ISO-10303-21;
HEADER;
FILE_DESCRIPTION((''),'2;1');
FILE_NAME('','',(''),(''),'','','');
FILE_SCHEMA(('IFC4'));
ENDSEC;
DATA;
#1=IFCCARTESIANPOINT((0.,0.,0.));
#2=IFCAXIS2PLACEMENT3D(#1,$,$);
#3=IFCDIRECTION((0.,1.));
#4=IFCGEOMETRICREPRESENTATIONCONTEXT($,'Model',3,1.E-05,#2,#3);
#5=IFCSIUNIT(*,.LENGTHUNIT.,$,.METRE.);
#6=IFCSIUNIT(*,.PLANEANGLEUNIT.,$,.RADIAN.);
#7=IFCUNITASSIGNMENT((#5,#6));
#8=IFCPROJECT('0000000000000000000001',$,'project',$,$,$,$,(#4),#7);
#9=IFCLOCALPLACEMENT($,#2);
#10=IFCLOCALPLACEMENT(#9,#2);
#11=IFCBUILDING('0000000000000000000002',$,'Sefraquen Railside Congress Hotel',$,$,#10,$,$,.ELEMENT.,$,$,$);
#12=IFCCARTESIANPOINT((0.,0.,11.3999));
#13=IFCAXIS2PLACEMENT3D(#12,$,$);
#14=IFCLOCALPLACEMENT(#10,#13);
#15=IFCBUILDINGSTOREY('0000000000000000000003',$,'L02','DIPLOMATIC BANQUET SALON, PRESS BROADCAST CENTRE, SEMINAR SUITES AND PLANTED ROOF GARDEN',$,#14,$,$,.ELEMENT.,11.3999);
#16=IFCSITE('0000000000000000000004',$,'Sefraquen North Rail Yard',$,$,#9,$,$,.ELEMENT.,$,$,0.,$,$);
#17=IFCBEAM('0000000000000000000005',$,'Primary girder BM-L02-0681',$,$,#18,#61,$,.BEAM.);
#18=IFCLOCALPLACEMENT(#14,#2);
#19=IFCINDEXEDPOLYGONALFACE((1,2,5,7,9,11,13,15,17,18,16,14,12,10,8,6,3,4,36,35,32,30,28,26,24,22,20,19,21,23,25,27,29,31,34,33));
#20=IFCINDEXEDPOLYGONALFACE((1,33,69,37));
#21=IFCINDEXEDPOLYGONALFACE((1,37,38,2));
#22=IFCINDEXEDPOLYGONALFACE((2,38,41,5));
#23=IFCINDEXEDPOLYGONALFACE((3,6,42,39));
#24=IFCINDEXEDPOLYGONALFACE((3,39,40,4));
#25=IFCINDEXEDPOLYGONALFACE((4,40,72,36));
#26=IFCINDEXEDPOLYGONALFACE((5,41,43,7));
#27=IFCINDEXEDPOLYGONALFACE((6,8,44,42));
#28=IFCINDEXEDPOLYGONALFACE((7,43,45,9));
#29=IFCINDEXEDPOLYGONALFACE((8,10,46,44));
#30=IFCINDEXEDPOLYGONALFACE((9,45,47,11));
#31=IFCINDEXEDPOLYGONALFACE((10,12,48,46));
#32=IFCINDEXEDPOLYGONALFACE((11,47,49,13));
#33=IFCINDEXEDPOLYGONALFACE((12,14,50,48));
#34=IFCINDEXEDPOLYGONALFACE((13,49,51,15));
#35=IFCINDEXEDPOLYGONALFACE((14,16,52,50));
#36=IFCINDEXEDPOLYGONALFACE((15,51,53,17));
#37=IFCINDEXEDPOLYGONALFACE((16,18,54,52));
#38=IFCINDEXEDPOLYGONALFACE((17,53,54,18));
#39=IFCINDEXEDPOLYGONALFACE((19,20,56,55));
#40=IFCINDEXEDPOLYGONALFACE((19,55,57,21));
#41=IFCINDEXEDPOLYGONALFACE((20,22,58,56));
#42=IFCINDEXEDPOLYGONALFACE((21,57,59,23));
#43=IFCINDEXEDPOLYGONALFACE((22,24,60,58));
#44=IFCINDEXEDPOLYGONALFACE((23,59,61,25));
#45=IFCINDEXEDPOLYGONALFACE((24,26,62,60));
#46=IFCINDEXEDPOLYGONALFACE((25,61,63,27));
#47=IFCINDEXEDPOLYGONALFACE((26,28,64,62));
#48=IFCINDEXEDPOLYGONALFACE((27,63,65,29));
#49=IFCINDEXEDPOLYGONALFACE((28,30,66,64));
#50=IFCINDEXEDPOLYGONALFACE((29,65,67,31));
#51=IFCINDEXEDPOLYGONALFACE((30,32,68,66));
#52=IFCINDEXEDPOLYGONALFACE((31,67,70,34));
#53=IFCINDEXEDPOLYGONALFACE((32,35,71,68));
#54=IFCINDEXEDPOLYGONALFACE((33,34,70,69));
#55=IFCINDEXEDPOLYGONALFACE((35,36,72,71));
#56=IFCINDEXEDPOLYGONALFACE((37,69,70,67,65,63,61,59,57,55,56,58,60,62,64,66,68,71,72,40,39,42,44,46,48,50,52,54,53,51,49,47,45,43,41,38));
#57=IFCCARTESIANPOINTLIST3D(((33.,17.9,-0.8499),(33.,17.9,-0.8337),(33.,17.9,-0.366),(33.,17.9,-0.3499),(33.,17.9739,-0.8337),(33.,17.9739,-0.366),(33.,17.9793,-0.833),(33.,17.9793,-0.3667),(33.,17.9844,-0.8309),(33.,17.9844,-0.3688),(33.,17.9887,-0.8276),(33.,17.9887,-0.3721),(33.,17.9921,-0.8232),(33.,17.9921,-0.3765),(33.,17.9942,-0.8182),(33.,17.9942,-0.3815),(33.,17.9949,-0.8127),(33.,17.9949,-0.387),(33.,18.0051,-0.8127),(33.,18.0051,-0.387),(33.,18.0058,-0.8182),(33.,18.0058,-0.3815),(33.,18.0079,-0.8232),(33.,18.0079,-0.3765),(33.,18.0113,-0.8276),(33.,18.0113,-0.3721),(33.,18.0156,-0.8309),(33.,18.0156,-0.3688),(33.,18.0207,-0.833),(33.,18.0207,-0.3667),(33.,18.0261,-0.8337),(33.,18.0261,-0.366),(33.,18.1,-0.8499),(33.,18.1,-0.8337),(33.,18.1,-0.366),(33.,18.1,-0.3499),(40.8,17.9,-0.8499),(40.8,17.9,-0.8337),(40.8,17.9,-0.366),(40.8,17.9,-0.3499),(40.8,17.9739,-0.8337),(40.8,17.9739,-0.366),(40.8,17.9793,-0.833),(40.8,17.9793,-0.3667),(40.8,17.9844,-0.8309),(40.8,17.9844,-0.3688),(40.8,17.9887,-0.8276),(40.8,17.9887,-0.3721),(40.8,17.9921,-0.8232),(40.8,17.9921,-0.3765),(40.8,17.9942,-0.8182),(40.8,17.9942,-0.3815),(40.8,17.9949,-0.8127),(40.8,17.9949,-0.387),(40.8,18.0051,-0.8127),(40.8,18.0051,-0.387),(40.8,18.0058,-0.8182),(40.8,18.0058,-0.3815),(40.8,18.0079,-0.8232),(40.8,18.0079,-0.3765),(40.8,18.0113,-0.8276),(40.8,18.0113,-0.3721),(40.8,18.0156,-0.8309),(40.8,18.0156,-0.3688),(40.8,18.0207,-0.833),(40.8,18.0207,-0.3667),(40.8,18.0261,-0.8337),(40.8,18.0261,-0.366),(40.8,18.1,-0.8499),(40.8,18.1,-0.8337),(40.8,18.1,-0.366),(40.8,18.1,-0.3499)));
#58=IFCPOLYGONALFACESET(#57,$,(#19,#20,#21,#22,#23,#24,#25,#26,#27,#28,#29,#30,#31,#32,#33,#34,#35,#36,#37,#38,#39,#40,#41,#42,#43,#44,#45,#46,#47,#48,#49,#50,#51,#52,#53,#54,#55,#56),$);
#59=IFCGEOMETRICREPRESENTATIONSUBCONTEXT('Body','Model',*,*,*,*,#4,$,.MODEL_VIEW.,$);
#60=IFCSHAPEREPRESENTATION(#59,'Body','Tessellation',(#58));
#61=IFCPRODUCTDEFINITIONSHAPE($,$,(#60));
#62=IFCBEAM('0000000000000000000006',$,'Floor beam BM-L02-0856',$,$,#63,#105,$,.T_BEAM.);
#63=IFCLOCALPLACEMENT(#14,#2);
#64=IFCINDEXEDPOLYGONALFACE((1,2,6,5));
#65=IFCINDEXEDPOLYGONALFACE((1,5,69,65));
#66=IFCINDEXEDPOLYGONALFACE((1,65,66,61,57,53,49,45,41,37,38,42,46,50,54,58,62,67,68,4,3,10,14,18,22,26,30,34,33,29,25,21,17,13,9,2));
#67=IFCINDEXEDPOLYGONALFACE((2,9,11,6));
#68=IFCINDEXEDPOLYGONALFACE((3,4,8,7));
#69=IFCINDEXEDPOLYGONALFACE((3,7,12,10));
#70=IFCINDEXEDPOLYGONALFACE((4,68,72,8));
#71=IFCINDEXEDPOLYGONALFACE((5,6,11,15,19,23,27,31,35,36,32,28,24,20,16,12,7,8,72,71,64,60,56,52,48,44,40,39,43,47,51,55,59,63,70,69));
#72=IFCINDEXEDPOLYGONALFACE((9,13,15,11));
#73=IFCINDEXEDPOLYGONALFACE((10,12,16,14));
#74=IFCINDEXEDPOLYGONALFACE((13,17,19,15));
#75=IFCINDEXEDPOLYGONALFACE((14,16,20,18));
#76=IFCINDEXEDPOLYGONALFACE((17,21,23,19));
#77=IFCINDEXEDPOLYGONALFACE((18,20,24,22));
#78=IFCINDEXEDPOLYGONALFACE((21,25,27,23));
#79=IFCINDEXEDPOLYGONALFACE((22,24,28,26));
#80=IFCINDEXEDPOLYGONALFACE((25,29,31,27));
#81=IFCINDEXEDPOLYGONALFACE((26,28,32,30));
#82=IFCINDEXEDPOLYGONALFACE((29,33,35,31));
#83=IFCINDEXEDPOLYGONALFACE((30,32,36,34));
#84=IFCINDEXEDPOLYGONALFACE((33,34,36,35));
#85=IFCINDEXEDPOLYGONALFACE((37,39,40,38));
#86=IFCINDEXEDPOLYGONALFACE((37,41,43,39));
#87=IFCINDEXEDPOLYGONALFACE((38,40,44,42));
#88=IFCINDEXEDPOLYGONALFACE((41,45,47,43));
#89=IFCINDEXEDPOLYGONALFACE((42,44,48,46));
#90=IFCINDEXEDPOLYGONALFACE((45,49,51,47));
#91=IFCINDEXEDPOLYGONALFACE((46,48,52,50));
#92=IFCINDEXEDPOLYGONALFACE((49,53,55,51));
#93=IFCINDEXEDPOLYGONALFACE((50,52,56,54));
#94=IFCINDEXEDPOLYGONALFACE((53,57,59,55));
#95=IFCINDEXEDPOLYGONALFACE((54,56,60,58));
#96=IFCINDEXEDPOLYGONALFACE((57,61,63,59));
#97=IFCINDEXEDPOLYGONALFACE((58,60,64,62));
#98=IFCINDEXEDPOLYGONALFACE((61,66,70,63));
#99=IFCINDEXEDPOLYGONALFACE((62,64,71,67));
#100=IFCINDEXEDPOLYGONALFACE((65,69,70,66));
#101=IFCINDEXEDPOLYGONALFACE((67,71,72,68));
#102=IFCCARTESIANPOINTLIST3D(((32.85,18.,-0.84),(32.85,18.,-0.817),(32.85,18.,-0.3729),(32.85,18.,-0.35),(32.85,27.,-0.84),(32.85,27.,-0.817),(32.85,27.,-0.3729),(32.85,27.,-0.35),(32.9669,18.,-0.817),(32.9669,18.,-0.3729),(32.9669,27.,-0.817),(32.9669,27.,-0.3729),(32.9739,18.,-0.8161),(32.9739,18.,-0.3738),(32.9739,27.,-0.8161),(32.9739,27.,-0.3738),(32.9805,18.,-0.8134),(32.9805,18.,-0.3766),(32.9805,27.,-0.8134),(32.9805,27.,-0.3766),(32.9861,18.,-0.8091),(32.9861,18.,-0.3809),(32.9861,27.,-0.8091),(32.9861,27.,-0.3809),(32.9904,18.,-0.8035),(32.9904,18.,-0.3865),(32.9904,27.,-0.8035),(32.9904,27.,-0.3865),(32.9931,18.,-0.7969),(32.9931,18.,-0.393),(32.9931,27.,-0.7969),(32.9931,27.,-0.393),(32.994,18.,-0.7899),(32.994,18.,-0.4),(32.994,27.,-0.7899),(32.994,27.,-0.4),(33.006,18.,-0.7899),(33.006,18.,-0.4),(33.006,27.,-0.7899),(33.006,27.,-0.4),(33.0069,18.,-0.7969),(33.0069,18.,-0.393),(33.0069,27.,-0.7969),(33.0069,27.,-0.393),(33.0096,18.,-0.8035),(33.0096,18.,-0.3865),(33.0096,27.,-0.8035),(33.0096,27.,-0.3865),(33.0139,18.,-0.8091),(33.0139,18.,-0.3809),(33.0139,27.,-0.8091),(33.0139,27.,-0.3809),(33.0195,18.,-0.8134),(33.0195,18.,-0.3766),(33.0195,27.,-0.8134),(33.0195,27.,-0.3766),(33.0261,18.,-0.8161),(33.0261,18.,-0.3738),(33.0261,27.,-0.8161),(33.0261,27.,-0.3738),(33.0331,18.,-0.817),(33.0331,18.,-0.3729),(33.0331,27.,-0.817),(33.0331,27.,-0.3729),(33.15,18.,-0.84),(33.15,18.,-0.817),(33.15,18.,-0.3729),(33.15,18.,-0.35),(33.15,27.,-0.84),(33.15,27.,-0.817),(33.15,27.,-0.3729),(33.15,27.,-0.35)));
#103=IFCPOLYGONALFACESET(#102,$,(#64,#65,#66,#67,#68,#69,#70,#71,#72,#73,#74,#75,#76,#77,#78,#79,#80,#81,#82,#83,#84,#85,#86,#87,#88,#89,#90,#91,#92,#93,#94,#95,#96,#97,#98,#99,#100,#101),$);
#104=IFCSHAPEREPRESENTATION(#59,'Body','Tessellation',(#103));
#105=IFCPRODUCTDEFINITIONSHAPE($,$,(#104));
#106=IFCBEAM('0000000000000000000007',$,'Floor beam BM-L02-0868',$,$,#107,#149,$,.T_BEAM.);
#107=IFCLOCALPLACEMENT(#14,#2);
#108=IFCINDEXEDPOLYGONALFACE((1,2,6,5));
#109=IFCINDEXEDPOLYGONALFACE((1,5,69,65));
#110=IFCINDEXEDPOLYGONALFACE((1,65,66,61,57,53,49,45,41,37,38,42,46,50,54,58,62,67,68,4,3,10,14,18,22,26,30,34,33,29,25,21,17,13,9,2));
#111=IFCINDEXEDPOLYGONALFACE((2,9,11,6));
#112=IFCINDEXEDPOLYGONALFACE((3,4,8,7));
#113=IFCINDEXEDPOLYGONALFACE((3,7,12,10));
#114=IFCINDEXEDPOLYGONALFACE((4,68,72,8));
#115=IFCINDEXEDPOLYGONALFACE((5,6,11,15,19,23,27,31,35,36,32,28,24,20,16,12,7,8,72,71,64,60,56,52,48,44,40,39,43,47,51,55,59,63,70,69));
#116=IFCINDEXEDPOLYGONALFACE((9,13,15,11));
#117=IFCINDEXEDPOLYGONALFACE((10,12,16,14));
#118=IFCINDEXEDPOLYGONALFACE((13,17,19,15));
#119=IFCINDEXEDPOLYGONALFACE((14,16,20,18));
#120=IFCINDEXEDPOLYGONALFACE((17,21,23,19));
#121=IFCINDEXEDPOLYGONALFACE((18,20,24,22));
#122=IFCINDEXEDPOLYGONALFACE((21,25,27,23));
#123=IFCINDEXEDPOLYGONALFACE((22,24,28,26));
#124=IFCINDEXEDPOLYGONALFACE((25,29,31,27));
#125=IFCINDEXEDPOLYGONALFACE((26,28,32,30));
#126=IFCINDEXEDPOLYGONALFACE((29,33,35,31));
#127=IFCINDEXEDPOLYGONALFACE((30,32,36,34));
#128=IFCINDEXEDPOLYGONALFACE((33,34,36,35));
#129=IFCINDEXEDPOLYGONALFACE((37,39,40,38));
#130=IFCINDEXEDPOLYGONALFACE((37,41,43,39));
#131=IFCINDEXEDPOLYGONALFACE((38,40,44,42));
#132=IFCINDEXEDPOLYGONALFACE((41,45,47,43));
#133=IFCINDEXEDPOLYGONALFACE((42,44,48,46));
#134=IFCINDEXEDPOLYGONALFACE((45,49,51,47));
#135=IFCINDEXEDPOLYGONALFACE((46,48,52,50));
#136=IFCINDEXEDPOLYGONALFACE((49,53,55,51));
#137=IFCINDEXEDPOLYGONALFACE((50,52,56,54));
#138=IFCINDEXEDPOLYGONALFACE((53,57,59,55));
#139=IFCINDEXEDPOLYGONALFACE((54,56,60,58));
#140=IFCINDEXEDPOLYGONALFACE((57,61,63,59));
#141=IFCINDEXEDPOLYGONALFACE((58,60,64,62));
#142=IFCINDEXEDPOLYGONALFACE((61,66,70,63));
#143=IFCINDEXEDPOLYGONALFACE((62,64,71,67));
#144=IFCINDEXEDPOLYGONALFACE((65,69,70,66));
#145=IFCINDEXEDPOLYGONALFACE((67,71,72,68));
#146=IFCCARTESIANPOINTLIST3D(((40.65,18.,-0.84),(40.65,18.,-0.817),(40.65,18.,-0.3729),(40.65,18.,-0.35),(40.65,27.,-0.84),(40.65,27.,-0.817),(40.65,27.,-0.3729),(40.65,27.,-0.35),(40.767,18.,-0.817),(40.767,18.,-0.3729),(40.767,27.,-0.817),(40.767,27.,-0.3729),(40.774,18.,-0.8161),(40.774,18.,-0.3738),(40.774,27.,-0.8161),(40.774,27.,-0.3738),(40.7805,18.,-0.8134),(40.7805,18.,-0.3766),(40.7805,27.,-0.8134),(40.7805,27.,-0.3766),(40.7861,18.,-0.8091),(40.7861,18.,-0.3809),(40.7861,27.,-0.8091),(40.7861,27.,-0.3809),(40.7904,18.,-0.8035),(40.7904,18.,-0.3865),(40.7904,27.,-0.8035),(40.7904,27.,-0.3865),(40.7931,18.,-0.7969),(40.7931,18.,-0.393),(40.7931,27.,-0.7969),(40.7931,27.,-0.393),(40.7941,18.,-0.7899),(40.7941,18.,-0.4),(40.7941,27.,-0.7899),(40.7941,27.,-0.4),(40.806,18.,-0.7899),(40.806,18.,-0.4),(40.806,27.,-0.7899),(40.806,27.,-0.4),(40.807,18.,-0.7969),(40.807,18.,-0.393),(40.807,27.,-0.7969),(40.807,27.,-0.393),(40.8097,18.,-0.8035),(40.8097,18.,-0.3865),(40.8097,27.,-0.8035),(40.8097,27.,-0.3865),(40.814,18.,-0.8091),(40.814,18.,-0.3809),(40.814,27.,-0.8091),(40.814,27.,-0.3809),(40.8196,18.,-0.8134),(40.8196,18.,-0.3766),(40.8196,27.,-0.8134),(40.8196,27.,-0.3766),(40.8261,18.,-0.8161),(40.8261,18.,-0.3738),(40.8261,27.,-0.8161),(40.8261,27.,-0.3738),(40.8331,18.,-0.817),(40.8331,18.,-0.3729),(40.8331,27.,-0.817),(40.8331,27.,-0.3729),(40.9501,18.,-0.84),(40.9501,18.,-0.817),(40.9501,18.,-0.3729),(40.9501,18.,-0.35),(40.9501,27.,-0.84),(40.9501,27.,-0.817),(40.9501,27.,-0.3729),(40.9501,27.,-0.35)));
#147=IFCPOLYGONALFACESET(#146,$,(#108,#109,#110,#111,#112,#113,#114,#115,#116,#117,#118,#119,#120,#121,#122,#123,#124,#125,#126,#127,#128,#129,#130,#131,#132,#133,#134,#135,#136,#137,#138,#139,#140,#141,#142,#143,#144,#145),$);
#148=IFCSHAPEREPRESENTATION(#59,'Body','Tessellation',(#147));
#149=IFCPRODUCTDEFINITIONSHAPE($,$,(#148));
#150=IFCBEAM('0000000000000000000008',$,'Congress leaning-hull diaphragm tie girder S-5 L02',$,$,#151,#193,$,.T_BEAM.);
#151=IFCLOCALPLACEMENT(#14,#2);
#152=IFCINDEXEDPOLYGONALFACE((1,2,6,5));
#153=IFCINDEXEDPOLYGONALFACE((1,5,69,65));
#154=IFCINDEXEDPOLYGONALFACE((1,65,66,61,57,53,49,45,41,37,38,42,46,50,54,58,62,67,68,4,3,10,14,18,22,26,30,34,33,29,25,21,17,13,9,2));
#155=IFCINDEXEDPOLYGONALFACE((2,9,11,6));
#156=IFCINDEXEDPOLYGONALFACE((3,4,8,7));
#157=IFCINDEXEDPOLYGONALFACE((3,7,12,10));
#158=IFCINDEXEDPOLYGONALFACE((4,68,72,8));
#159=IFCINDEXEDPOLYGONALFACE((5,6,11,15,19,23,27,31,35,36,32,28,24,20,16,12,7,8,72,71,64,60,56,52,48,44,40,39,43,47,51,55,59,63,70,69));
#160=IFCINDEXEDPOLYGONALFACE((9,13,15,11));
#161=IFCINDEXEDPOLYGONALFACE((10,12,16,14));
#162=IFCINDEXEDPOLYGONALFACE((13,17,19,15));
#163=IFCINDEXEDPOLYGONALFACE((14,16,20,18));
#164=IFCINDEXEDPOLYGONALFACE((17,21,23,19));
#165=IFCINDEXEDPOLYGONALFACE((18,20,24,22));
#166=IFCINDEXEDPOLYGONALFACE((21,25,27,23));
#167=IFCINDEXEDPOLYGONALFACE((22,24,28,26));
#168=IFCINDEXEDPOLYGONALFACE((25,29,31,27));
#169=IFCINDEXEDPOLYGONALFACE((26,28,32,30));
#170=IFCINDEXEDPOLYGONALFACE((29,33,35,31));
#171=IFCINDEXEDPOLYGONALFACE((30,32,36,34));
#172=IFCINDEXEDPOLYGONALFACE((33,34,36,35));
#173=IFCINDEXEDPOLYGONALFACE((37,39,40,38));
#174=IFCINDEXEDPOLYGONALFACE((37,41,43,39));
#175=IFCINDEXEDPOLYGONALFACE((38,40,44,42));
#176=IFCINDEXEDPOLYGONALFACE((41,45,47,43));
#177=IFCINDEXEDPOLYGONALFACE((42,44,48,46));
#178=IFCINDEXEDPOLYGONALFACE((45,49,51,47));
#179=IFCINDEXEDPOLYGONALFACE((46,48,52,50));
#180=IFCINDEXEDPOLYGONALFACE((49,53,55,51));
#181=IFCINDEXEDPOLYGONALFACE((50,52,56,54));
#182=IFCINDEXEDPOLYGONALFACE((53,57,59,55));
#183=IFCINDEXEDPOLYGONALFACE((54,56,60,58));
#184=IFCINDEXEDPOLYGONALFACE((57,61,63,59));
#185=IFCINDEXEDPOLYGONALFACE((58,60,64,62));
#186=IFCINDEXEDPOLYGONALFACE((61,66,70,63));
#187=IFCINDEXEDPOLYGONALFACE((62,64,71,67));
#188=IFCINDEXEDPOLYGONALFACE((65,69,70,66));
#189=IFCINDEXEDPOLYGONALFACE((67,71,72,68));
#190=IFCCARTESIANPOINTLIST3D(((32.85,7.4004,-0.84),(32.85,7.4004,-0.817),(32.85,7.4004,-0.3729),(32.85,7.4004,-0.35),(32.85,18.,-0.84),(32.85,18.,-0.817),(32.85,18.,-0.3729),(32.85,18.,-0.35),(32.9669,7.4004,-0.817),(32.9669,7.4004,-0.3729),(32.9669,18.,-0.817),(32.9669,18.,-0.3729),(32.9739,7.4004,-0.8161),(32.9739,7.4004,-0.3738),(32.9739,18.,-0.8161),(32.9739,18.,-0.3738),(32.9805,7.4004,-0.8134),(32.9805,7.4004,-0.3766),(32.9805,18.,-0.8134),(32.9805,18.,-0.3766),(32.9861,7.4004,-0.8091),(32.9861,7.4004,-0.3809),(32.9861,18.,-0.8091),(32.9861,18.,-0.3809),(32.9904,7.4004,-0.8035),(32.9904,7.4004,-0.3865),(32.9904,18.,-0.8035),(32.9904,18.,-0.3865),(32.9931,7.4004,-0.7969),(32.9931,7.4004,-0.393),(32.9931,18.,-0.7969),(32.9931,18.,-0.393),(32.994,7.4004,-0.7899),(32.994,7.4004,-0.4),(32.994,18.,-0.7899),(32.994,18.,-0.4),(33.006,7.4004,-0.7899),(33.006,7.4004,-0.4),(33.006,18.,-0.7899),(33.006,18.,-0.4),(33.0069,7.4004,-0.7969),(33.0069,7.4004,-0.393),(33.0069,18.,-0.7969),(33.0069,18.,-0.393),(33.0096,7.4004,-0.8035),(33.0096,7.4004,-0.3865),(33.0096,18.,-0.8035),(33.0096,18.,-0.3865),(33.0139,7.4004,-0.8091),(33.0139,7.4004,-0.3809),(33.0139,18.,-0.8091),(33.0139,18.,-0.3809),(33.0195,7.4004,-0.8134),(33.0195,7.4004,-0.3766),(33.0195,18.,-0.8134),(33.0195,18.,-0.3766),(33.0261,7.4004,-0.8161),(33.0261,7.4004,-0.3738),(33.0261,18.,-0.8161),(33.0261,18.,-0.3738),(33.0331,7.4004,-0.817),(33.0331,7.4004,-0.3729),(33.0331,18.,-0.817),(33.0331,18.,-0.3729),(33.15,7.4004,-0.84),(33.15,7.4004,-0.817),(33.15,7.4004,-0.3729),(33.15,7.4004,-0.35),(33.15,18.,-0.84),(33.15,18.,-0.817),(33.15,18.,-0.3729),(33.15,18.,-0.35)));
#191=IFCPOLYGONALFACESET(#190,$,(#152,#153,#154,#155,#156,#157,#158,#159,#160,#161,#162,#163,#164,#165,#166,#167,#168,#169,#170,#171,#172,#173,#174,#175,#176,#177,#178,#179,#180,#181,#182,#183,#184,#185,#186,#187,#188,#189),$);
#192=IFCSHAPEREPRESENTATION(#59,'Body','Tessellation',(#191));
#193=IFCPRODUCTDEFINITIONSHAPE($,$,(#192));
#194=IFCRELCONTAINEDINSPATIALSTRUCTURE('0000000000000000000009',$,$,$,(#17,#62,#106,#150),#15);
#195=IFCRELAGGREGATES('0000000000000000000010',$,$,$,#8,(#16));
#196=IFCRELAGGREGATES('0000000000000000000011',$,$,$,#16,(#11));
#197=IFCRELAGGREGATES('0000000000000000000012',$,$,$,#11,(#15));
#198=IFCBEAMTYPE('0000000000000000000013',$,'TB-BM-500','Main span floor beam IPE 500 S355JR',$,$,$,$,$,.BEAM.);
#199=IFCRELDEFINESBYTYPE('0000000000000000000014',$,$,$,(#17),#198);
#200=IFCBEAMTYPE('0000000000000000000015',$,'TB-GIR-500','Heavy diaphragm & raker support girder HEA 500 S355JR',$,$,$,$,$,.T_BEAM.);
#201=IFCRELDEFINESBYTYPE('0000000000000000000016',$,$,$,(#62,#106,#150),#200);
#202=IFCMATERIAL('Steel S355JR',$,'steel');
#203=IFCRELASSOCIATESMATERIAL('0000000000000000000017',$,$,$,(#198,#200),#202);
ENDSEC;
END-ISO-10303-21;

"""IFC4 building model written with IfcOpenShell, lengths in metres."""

from ifc_helpers import new_model, si_unit, direction, frame, origin, origin_2d, place, context, subcontext, project, spatial, i_section, extrude, material, material_profile, profile_set, type_object, element, save


model = new_model("IFC4")

# Units and contexts
model_context = context("Model", 3, precision=1e-05, world=origin(), true_north=direction((0.0, 1.0)))
body_context = subcontext(model_context, "Body", "Model", "MODEL_VIEW")
ifc_project = project(units=[si_unit("LENGTHUNIT", "METRE"), si_unit("PLANEANGLEUNIT", "RADIAN")], contexts=[model_context])

# Site, building, storey
site_placement = place(None, origin())
site = spatial("IfcSite", under=ifc_project, at=site_placement, Name="Sefraquen North Rail Yard", CompositionType="ELEMENT", RefElevation=0.0)
building_placement = place(site_placement, origin())
building = spatial("IfcBuilding", under=site, at=building_placement, Name="Sefraquen Railside Congress Hotel", CompositionType="ELEMENT")
storey_placement = place(building_placement, frame((0.0, 0.0, 11.3999)))
storey = spatial("IfcBuildingStorey", under=building, at=storey_placement, Name="L02", Description="DIPLOMATIC BANQUET SALON, PRESS BROADCAST CENTRE, SEMINAR SUITES AND PLANTED ROOF GARDEN", CompositionType="ELEMENT", Elevation=11.3999)

# Shared definitions
ifc_material_1 = material(Name="Steel S355JR", Category="steel")

# Beams
ifc_material_profile_1 = material_profile(ifc_material_1, i_section(OverallWidth=0.2, OverallDepth=0.5, WebThickness=0.0103, FlangeThickness=0.0161, FilletRadius=0.021, at=origin_2d()), Name="IPE 500")
ifc_profile_set_1 = profile_set([ifc_material_profile_1], Name="Steel S355JR")
beam_type_1 = type_object("IfcBeamType", Name="TB-BM-500", Description="Main span floor beam IPE 500 S355JR", PredefinedType="BEAM", material=ifc_profile_set_1)
beam_1_placement = place(storey_placement, frame((33.0, 18.0, -0.5999), z_axis=(1.0, 0.0, 0.0), x_axis=(0.0, 1.0, 0.0)))
element("IfcBeam", 1, at=beam_1_placement, inside=storey, type_object=beam_type_1, Name="Primary girder BM-L02-0681", PredefinedType="BEAM", context=body_context, shape_type="SweptSolid", body=[
    extrude(i_section(OverallWidth=0.2, OverallDepth=0.5, WebThickness=0.0103, FlangeThickness=0.0161, FilletRadius=0.021, at=origin_2d()), origin(), (0.0, 0.0, 1.0), 7.8),
])
ifc_material_profile_2 = material_profile(ifc_material_1, i_section(OverallWidth=0.3, OverallDepth=0.49, WebThickness=0.012, FlangeThickness=0.0229, FilletRadius=0.0271, at=origin_2d()), Name="HEA 500")
ifc_profile_set_2 = profile_set([ifc_material_profile_2], Name="Steel S355JR")
beam_type_2 = type_object("IfcBeamType", Name="TB-GIR-500", Description="Heavy diaphragm & raker support girder HEA 500 S355JR", PredefinedType="T_BEAM", material=ifc_profile_set_2)
for number, where, z_axis, x_axis, name in (
    (2, (33.0, 18.0, -0.595), (0.0, 1.0, 0.0), (-1.0, 0.0, 0.0), "Floor beam BM-L02-0856"),
    (3, (40.8, 18.0, -0.595), (0.0, 1.0, 0.0), (-1.0, 0.0, 0.0), "Floor beam BM-L02-0868"),
):
    element("IfcBeam", number, at=place(storey_placement, frame(where, z_axis=z_axis, x_axis=x_axis)), inside=storey, type_object=beam_type_2, Name=name, PredefinedType="T_BEAM", context=body_context, shape_type="SweptSolid", body=[
        extrude(i_section(OverallWidth=0.3, OverallDepth=0.49, WebThickness=0.012, FlangeThickness=0.0229, FilletRadius=0.0271, at=origin_2d()), origin(), (0.0, 0.0, 1.0), 9.0),
    ])
for number, where, z_axis, x_axis, name in (
    (4, (33.0, 7.4004, -0.595), (0.0, 1.0, 0.0), (-1.0, 0.0, 0.0), "Congress leaning-hull diaphragm tie girder S-5 L02"),
):
    element("IfcBeam", number, at=place(storey_placement, frame(where, z_axis=z_axis, x_axis=x_axis)), inside=storey, type_object=beam_type_2, Name=name, PredefinedType="T_BEAM", context=body_context, shape_type="SweptSolid", body=[
        extrude(i_section(OverallWidth=0.3, OverallDepth=0.49, WebThickness=0.012, FlangeThickness=0.0229, FilletRadius=0.0271, at=origin_2d()), origin(), (0.0, 0.0, 1.0), 10.5996),
    ])

save(model, "model.ifc")
